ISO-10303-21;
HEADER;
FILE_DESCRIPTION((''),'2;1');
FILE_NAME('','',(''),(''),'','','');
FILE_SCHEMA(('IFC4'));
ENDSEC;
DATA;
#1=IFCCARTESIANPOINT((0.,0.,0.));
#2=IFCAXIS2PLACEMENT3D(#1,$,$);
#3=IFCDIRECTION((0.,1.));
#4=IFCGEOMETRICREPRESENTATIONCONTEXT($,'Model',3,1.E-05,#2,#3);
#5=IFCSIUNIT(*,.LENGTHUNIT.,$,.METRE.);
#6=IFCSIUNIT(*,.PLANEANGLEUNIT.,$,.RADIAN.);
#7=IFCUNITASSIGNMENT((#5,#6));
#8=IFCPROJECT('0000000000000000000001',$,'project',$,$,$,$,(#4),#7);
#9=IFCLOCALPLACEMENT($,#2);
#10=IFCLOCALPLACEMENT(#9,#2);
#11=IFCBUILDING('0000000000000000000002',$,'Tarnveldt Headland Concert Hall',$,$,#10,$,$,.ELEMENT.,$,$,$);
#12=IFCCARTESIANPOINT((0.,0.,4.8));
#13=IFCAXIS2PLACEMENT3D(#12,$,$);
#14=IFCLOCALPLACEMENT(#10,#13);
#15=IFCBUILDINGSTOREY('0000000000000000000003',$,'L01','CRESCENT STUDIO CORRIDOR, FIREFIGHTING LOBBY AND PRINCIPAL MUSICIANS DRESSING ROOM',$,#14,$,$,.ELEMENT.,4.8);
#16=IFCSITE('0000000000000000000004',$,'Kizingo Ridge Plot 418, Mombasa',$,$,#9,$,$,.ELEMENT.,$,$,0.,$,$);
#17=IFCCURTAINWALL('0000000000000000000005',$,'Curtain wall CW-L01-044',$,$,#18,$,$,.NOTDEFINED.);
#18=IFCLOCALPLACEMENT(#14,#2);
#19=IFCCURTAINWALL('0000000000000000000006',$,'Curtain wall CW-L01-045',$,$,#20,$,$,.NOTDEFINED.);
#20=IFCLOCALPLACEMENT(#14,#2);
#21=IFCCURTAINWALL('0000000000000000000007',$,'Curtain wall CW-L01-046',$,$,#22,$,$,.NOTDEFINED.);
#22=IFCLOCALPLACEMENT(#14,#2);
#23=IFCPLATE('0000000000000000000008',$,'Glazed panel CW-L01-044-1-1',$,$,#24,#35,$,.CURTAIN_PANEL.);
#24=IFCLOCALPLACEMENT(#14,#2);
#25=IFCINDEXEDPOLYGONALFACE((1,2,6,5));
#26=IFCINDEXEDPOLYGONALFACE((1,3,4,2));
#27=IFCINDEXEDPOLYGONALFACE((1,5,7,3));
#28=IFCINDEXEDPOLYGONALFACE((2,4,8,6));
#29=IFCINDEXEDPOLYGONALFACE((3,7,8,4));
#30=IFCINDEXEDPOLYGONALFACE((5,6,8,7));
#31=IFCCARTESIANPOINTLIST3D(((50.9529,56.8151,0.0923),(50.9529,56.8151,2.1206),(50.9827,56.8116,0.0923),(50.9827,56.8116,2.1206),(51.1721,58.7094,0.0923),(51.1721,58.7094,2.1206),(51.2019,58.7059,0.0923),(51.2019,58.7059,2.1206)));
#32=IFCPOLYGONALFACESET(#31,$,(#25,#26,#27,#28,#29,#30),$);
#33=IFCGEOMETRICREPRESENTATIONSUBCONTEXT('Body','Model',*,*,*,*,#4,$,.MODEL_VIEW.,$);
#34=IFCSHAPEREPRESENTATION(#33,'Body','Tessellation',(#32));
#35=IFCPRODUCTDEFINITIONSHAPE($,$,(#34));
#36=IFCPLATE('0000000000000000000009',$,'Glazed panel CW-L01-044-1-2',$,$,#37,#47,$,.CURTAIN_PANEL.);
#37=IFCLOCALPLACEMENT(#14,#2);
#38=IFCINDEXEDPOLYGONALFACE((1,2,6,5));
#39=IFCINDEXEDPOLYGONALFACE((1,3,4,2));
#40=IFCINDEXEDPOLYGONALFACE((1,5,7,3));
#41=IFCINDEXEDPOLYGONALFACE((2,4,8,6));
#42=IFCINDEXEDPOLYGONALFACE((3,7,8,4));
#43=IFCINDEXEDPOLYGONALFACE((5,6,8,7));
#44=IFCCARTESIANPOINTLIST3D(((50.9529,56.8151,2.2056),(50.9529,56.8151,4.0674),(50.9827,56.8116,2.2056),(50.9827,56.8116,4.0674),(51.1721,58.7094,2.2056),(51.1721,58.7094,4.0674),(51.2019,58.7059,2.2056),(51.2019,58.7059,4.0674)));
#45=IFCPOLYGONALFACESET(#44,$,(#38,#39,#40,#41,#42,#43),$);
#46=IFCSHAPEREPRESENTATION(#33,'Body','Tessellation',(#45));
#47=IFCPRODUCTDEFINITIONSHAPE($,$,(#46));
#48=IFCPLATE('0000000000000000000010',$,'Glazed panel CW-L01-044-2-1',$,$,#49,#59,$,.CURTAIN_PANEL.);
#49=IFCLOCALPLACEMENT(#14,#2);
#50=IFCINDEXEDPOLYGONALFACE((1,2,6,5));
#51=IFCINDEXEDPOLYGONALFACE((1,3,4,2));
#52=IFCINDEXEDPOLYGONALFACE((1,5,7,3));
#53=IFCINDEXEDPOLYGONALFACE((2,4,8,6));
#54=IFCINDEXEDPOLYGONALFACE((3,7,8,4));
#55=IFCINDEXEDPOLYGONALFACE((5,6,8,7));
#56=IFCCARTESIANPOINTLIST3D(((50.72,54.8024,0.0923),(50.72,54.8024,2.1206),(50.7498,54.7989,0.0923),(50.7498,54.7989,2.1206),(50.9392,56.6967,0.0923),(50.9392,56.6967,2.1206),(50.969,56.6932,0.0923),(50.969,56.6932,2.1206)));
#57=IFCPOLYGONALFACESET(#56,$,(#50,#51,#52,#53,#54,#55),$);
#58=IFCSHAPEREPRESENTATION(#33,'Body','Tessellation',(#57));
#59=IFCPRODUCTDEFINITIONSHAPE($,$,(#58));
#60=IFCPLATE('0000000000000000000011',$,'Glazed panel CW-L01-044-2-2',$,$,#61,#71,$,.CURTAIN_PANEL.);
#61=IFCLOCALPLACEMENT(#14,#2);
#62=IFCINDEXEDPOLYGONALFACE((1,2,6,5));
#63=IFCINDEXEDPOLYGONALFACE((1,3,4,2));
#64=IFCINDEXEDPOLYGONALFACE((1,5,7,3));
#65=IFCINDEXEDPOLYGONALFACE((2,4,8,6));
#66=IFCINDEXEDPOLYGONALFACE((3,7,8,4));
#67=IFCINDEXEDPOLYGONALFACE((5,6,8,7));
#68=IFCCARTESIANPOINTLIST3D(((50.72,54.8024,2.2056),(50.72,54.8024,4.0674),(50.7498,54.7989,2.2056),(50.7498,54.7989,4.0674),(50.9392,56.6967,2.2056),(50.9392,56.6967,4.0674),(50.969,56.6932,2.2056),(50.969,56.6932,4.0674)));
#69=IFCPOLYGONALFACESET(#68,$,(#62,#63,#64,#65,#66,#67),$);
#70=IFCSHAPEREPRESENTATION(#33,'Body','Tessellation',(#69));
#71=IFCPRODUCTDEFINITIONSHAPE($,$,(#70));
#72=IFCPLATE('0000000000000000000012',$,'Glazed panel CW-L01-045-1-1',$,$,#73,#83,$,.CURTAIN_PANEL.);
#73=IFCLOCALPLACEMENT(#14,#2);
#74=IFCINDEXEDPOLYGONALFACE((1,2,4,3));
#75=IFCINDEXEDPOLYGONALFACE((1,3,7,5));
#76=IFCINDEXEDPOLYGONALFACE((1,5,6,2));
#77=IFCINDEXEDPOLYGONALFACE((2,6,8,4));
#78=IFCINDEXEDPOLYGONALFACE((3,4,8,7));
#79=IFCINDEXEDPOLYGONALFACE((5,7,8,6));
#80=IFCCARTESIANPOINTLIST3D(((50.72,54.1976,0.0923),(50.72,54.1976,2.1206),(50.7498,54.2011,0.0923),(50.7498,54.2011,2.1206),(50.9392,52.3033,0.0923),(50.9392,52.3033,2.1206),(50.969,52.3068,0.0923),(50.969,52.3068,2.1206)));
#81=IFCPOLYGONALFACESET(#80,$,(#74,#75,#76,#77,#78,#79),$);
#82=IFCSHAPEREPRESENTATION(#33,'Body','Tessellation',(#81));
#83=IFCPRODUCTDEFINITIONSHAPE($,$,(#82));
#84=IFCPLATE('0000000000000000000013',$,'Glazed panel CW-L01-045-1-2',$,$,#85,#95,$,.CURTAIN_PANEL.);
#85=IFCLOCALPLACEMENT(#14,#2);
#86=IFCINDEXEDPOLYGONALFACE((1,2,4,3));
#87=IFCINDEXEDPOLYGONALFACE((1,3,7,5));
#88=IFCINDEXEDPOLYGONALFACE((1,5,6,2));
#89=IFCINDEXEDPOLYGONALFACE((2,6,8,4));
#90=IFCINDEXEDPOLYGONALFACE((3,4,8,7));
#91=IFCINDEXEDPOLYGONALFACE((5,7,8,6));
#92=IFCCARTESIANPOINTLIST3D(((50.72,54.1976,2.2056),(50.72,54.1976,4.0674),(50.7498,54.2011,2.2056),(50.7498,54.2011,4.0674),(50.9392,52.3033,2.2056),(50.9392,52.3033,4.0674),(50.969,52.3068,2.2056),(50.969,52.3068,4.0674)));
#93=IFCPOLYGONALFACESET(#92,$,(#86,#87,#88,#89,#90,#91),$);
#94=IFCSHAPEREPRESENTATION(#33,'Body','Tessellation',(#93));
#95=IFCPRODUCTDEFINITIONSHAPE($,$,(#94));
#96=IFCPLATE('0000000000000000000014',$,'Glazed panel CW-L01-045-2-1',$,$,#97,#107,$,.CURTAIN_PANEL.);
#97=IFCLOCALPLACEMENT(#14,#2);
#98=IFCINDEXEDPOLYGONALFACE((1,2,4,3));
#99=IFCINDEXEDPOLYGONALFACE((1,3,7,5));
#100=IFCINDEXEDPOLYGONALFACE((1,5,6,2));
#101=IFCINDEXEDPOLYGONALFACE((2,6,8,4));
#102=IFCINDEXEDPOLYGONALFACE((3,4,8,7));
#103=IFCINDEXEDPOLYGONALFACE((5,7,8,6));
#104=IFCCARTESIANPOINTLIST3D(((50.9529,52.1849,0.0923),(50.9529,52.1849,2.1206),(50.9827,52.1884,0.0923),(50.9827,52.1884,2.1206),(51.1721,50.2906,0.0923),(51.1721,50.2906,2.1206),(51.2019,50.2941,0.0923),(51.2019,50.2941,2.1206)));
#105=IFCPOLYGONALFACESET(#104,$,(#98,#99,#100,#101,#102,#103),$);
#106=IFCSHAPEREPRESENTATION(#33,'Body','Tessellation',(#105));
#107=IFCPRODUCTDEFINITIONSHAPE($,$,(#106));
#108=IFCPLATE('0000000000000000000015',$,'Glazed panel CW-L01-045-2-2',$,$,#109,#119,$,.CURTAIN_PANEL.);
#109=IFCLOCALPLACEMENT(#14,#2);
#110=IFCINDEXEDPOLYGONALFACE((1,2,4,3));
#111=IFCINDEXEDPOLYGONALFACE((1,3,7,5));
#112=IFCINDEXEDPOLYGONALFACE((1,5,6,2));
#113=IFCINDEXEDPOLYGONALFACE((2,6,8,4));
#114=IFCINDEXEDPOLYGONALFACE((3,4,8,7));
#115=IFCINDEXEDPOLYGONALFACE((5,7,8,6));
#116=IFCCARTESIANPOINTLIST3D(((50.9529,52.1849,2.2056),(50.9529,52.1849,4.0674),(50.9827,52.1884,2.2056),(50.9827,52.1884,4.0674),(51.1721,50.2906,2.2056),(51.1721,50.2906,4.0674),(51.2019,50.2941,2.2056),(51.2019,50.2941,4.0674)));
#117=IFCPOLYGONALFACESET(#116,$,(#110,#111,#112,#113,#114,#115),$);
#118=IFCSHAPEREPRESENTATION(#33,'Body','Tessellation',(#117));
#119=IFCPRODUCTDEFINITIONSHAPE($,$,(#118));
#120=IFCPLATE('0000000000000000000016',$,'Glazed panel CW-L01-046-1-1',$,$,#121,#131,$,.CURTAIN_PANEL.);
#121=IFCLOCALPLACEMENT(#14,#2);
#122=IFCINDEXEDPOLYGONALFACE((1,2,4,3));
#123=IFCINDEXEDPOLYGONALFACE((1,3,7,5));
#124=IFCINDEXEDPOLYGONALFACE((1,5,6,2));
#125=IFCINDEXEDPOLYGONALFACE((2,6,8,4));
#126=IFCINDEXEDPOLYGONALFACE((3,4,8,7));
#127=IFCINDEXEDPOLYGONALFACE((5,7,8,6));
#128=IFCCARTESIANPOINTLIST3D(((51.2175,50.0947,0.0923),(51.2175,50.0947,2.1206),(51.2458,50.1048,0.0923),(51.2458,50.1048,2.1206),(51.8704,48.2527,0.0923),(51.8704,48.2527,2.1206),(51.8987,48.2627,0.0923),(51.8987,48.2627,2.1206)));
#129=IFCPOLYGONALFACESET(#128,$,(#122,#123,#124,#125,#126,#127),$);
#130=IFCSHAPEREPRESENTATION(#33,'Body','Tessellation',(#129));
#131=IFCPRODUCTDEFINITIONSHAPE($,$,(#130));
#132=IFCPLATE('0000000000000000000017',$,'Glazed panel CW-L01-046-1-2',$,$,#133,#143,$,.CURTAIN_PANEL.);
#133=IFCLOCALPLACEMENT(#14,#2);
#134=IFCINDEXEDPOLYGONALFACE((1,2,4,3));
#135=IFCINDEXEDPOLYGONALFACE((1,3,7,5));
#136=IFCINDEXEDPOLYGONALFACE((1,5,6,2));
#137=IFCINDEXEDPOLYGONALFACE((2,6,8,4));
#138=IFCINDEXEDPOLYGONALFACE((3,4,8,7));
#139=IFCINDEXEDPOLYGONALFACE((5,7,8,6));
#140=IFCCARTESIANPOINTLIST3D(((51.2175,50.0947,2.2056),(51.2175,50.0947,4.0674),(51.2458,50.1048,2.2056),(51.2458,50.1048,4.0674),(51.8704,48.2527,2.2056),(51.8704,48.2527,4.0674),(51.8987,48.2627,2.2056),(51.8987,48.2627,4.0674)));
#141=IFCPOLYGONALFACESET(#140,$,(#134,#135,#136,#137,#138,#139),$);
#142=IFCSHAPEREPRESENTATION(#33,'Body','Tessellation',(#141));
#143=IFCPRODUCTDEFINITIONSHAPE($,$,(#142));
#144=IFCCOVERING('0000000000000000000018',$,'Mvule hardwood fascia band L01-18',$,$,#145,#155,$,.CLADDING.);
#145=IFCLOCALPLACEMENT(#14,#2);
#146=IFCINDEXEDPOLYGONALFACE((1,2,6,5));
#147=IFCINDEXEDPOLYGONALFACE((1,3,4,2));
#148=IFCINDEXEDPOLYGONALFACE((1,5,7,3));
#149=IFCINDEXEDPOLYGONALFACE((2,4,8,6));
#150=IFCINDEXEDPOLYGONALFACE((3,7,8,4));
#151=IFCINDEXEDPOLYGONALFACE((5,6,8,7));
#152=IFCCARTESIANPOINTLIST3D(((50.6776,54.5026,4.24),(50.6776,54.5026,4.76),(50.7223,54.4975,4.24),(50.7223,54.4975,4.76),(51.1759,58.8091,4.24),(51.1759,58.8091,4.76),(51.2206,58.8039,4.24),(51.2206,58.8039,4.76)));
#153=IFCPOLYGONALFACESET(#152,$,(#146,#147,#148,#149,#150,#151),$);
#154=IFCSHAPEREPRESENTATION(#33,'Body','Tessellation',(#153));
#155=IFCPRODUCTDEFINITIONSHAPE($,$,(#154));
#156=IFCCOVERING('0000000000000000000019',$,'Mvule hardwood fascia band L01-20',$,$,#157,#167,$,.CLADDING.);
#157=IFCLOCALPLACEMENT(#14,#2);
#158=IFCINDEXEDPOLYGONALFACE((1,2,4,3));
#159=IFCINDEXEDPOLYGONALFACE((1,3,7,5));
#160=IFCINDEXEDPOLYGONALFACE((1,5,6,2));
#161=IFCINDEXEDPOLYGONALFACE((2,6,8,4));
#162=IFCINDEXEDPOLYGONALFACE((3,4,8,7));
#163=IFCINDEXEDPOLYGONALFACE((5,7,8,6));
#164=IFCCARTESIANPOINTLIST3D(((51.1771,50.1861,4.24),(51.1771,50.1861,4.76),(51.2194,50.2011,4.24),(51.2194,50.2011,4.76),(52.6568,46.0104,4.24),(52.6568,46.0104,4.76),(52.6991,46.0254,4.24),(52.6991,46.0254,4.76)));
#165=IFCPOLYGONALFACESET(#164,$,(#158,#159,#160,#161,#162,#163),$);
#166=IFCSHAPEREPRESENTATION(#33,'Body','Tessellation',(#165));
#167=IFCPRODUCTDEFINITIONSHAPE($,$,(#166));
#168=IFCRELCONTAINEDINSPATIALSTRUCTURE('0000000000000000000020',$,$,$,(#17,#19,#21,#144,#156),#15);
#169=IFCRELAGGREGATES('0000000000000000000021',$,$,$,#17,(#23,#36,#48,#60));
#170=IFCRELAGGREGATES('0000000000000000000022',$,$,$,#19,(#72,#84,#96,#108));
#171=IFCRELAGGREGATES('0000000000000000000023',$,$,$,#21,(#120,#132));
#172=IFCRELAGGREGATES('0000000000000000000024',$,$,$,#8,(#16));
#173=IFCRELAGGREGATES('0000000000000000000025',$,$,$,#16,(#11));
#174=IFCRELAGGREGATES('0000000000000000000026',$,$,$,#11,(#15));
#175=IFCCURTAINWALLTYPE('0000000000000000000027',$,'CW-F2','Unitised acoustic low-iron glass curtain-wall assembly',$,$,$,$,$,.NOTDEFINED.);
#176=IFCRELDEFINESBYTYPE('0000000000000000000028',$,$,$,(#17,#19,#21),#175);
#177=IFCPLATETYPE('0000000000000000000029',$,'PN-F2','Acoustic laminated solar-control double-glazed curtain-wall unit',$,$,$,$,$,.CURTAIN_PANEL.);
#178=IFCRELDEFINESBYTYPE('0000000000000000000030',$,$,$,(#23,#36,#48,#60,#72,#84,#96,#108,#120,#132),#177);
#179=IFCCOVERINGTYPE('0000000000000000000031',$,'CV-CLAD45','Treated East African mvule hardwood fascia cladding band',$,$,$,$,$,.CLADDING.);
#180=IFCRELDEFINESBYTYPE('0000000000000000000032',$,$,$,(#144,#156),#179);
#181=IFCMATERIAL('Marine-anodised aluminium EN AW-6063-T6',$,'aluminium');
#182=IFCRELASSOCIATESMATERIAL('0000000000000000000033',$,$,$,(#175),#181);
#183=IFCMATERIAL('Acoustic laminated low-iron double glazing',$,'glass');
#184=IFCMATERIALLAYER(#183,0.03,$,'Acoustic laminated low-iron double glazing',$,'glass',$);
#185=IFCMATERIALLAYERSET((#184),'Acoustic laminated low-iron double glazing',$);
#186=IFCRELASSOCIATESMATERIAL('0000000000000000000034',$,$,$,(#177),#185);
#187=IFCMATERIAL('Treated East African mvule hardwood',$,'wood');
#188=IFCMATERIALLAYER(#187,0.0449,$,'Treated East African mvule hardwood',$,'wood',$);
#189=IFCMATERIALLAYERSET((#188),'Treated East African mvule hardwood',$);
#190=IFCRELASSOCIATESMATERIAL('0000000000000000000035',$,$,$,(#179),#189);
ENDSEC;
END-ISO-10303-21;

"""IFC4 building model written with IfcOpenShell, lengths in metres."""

from ifc_helpers import new_model, si_unit, direction, frame, frame_2d, origin, origin_2d, place, context, subcontext, project, spatial, rectangle, extrude, material, layer, layer_set, type_object, element, aggregate, save


model = new_model("IFC4")

# Units and contexts
model_context = context("Model", 3, precision=1e-05, world=origin(), true_north=direction((0.0, 1.0)))
body_context = subcontext(model_context, "Body", "Model", "MODEL_VIEW")
ifc_project = project(units=[si_unit("LENGTHUNIT", "METRE"), si_unit("PLANEANGLEUNIT", "RADIAN")], contexts=[model_context])

# Site, building, storey
site_placement = place(None, origin())
site = spatial("IfcSite", under=ifc_project, at=site_placement, Name="Kizingo Ridge Plot 418, Mombasa", CompositionType="ELEMENT", RefElevation=0.0)
building_placement = place(site_placement, origin())
building = spatial("IfcBuilding", under=site, at=building_placement, Name="Tarnveldt Headland Concert Hall", CompositionType="ELEMENT")
storey_placement = place(building_placement, frame((0.0, 0.0, 4.8)))
storey = spatial("IfcBuildingStorey", under=building, at=storey_placement, Name="L01", Description="CRESCENT STUDIO CORRIDOR, FIREFIGHTING LOBBY AND PRINCIPAL MUSICIANS DRESSING ROOM", CompositionType="ELEMENT", Elevation=4.8)

# Shared definitions
ifc_material_1 = material(Name="Marine-anodised aluminium EN AW-6063-T6", Category="aluminium")
curtain_wall_type = type_object("IfcCurtainWallType", Name="CW-F2", Description="Unitised acoustic low-iron glass curtain-wall assembly", PredefinedType="NOTDEFINED", material=ifc_material_1)

# Curtain walls
curtain_wall_1_placement = place(storey_placement, origin())
curtain_wall_1 = element("IfcCurtainWall", 1, at=curtain_wall_1_placement, inside=storey, type_object=curtain_wall_type, Name="Curtain wall CW-L01-044", PredefinedType="NOTDEFINED")
curtain_wall_2_placement = place(storey_placement, origin())
curtain_wall_2 = element("IfcCurtainWall", 2, at=curtain_wall_2_placement, inside=storey, type_object=curtain_wall_type, Name="Curtain wall CW-L01-045", PredefinedType="NOTDEFINED")

# Curtain wall
curtain_wall_3_placement = place(storey_placement, origin())
curtain_wall_3 = element("IfcCurtainWall", 3, at=curtain_wall_3_placement, inside=storey, type_object=curtain_wall_type, Name="Curtain wall CW-L01-046", PredefinedType="NOTDEFINED")

# Plates
ifc_material_2 = material(Name="Acoustic laminated low-iron double glazing", Category="glass")
ifc_layer_1 = layer(ifc_material_2, 0.03, Name="Acoustic laminated low-iron double glazing", Category="glass")
ifc_layer_set_1 = layer_set([ifc_layer_1], Name="Acoustic laminated low-iron double glazing")
plate_type = type_object("IfcPlateType", Name="PN-F2", Description="Acoustic laminated solar-control double-glazed curtain-wall unit", PredefinedType="CURTAIN_PANEL", material=ifc_layer_set_1)
plate_1_placement = place(storey_placement, frame((51.0774, 57.7605, 0.0923), z_axis=(0.0, 0.0, 1.0), x_axis=(-0.114937, -0.993373, 0.0)))
plate_1 = element("IfcPlate", 4, at=plate_1_placement, type_object=plate_type, Name="Glazed panel CW-L01-044-1-1", PredefinedType="CURTAIN_PANEL", context=body_context, shape_type="SweptSolid", body=[
    extrude(rectangle(XDim=1.907, YDim=0.03, at=origin_2d()), origin(), (0.0, 0.0, 1.0), 2.0283),
])
plate_2_placement = place(storey_placement, frame((51.0774, 57.7605, 2.2056), z_axis=(0.0, 0.0, 1.0), x_axis=(-0.114937, -0.993373, 0.0)))
plate_2 = element("IfcPlate", 5, at=plate_2_placement, type_object=plate_type, Name="Glazed panel CW-L01-044-1-2", PredefinedType="CURTAIN_PANEL", context=body_context, shape_type="SweptSolid", body=[
    extrude(rectangle(XDim=1.907, YDim=0.03, at=origin_2d()), origin(), (0.0, 0.0, 1.0), 1.8618),
])
plate_3_placement = place(storey_placement, frame((50.8445, 55.7478, 0.0923), z_axis=(0.0, 0.0, 1.0), x_axis=(-0.114937, -0.993373, 0.0)))
plate_3 = element("IfcPlate", 6, at=plate_3_placement, type_object=plate_type, Name="Glazed panel CW-L01-044-2-1", PredefinedType="CURTAIN_PANEL", context=body_context, shape_type="SweptSolid", body=[
    extrude(rectangle(XDim=1.907, YDim=0.03, at=origin_2d()), origin(), (0.0, 0.0, 1.0), 2.0283),
])
plate_4_placement = place(storey_placement, frame((50.8445, 55.7478, 2.2056), z_axis=(0.0, 0.0, 1.0), x_axis=(-0.114937, -0.993373, 0.0)))
plate_4 = element("IfcPlate", 7, at=plate_4_placement, type_object=plate_type, Name="Glazed panel CW-L01-044-2-2", PredefinedType="CURTAIN_PANEL", context=body_context, shape_type="SweptSolid", body=[
    extrude(rectangle(XDim=1.907, YDim=0.03, at=origin_2d()), origin(), (0.0, 0.0, 1.0), 1.8618),
])
aggregate(curtain_wall_1, [plate_1, plate_2, plate_3, plate_4])
plate_5_placement = place(storey_placement, frame((50.8445, 53.2522, 0.0923), z_axis=(0.0, 0.0, 1.0), x_axis=(0.114937, -0.993373, 0.0)))
plate_5 = element("IfcPlate", 8, at=plate_5_placement, type_object=plate_type, Name="Glazed panel CW-L01-045-1-1", PredefinedType="CURTAIN_PANEL", context=body_context, shape_type="SweptSolid", body=[
    extrude(rectangle(XDim=1.907, YDim=0.03, at=origin_2d()), origin(), (0.0, 0.0, 1.0), 2.0283),
])
plate_6_placement = place(storey_placement, frame((50.8445, 53.2522, 2.2056), z_axis=(0.0, 0.0, 1.0), x_axis=(0.114937, -0.993373, 0.0)))
plate_6 = element("IfcPlate", 9, at=plate_6_placement, type_object=plate_type, Name="Glazed panel CW-L01-045-1-2", PredefinedType="CURTAIN_PANEL", context=body_context, shape_type="SweptSolid", body=[
    extrude(rectangle(XDim=1.907, YDim=0.03, at=origin_2d()), origin(), (0.0, 0.0, 1.0), 1.8618),
])
plate_7_placement = place(storey_placement, frame((51.0774, 51.2395, 0.0923), z_axis=(0.0, 0.0, 1.0), x_axis=(0.114937, -0.993373, 0.0)))
plate_7 = element("IfcPlate", 10, at=plate_7_placement, type_object=plate_type, Name="Glazed panel CW-L01-045-2-1", PredefinedType="CURTAIN_PANEL", context=body_context, shape_type="SweptSolid", body=[
    extrude(rectangle(XDim=1.907, YDim=0.03, at=origin_2d()), origin(), (0.0, 0.0, 1.0), 2.0283),
])
plate_8_placement = place(storey_placement, frame((51.0774, 51.2395, 2.2056), z_axis=(0.0, 0.0, 1.0), x_axis=(0.114937, -0.993373, 0.0)))
plate_8 = element("IfcPlate", 11, at=plate_8_placement, type_object=plate_type, Name="Glazed panel CW-L01-045-2-2", PredefinedType="CURTAIN_PANEL", context=body_context, shape_type="SweptSolid", body=[
    extrude(rectangle(XDim=1.907, YDim=0.03, at=origin_2d()), origin(), (0.0, 0.0, 1.0), 1.8618),
])
aggregate(curtain_wall_2, [plate_5, plate_6, plate_7, plate_8])
plate_9_placement = place(storey_placement, frame((51.5581, 49.1787, 0.0923), z_axis=(0.0, 0.0, 1.0), x_axis=(0.334037, -0.94256, 0.0)))
plate_9 = element("IfcPlate", 12, at=plate_9_placement, type_object=plate_type, Name="Glazed panel CW-L01-046-1-1", PredefinedType="CURTAIN_PANEL", context=body_context, shape_type="SweptSolid", body=[
    extrude(rectangle(XDim=1.9543, YDim=0.03, at=origin_2d()), origin(), (0.0, 0.0, 1.0), 2.0283),
])
plate_10_placement = place(storey_placement, frame((51.5581, 49.1787, 2.2056), z_axis=(0.0, 0.0, 1.0), x_axis=(0.334037, -0.94256, 0.0)))
plate_10 = element("IfcPlate", 13, at=plate_10_placement, type_object=plate_type, Name="Glazed panel CW-L01-046-1-2", PredefinedType="CURTAIN_PANEL", context=body_context, shape_type="SweptSolid", body=[
    extrude(rectangle(XDim=1.9543, YDim=0.03, at=origin_2d()), origin(), (0.0, 0.0, 1.0), 1.8618),
])
aggregate(curtain_wall_3, [plate_9, plate_10])

# Coverings
ifc_material_3 = material(Name="Treated East African mvule hardwood", Category="wood")
ifc_layer_2 = layer(ifc_material_3, 0.0449, Name="Treated East African mvule hardwood", Category="wood")
ifc_layer_set_2 = layer_set([ifc_layer_2], Name="Treated East African mvule hardwood")
covering_type = type_object("IfcCoveringType", Name="CV-CLAD45", Description="Treated East African mvule hardwood fascia cladding band", PredefinedType="CLADDING", material=ifc_layer_set_2)
covering_1_placement = place(storey_placement, frame((51.1982, 58.8064, 4.24), z_axis=(0.0, 0.0, 1.0), x_axis=(-0.114943, -0.993372, 0.0)))
element("IfcCovering", 14, at=covering_1_placement, inside=storey, type_object=covering_type, Name="Mvule hardwood fascia band L01-18", PredefinedType="CLADDING", context=body_context, shape_type="SweptSolid", body=[
    extrude(rectangle(XDim=4.3352, YDim=0.0449, at=frame_2d((2.1675, 0.0))), origin(), (0.0, 0.0, 1.0), 0.52),
])
covering_2_placement = place(storey_placement, frame((51.1982, 50.1936, 4.24), z_axis=(0.0, 0.0, 1.0), x_axis=(0.33401, -0.942569, 0.0)))
element("IfcCovering", 15, at=covering_2_placement, inside=storey, type_object=covering_type, Name="Mvule hardwood fascia band L01-20", PredefinedType="CLADDING", context=body_context, shape_type="SweptSolid", body=[
    extrude(rectangle(XDim=4.4302, YDim=0.0449, at=frame_2d((2.2151, 0.0))), origin(), (0.0, 0.0, 1.0), 0.52),
])

save(model, "model.ifc")
